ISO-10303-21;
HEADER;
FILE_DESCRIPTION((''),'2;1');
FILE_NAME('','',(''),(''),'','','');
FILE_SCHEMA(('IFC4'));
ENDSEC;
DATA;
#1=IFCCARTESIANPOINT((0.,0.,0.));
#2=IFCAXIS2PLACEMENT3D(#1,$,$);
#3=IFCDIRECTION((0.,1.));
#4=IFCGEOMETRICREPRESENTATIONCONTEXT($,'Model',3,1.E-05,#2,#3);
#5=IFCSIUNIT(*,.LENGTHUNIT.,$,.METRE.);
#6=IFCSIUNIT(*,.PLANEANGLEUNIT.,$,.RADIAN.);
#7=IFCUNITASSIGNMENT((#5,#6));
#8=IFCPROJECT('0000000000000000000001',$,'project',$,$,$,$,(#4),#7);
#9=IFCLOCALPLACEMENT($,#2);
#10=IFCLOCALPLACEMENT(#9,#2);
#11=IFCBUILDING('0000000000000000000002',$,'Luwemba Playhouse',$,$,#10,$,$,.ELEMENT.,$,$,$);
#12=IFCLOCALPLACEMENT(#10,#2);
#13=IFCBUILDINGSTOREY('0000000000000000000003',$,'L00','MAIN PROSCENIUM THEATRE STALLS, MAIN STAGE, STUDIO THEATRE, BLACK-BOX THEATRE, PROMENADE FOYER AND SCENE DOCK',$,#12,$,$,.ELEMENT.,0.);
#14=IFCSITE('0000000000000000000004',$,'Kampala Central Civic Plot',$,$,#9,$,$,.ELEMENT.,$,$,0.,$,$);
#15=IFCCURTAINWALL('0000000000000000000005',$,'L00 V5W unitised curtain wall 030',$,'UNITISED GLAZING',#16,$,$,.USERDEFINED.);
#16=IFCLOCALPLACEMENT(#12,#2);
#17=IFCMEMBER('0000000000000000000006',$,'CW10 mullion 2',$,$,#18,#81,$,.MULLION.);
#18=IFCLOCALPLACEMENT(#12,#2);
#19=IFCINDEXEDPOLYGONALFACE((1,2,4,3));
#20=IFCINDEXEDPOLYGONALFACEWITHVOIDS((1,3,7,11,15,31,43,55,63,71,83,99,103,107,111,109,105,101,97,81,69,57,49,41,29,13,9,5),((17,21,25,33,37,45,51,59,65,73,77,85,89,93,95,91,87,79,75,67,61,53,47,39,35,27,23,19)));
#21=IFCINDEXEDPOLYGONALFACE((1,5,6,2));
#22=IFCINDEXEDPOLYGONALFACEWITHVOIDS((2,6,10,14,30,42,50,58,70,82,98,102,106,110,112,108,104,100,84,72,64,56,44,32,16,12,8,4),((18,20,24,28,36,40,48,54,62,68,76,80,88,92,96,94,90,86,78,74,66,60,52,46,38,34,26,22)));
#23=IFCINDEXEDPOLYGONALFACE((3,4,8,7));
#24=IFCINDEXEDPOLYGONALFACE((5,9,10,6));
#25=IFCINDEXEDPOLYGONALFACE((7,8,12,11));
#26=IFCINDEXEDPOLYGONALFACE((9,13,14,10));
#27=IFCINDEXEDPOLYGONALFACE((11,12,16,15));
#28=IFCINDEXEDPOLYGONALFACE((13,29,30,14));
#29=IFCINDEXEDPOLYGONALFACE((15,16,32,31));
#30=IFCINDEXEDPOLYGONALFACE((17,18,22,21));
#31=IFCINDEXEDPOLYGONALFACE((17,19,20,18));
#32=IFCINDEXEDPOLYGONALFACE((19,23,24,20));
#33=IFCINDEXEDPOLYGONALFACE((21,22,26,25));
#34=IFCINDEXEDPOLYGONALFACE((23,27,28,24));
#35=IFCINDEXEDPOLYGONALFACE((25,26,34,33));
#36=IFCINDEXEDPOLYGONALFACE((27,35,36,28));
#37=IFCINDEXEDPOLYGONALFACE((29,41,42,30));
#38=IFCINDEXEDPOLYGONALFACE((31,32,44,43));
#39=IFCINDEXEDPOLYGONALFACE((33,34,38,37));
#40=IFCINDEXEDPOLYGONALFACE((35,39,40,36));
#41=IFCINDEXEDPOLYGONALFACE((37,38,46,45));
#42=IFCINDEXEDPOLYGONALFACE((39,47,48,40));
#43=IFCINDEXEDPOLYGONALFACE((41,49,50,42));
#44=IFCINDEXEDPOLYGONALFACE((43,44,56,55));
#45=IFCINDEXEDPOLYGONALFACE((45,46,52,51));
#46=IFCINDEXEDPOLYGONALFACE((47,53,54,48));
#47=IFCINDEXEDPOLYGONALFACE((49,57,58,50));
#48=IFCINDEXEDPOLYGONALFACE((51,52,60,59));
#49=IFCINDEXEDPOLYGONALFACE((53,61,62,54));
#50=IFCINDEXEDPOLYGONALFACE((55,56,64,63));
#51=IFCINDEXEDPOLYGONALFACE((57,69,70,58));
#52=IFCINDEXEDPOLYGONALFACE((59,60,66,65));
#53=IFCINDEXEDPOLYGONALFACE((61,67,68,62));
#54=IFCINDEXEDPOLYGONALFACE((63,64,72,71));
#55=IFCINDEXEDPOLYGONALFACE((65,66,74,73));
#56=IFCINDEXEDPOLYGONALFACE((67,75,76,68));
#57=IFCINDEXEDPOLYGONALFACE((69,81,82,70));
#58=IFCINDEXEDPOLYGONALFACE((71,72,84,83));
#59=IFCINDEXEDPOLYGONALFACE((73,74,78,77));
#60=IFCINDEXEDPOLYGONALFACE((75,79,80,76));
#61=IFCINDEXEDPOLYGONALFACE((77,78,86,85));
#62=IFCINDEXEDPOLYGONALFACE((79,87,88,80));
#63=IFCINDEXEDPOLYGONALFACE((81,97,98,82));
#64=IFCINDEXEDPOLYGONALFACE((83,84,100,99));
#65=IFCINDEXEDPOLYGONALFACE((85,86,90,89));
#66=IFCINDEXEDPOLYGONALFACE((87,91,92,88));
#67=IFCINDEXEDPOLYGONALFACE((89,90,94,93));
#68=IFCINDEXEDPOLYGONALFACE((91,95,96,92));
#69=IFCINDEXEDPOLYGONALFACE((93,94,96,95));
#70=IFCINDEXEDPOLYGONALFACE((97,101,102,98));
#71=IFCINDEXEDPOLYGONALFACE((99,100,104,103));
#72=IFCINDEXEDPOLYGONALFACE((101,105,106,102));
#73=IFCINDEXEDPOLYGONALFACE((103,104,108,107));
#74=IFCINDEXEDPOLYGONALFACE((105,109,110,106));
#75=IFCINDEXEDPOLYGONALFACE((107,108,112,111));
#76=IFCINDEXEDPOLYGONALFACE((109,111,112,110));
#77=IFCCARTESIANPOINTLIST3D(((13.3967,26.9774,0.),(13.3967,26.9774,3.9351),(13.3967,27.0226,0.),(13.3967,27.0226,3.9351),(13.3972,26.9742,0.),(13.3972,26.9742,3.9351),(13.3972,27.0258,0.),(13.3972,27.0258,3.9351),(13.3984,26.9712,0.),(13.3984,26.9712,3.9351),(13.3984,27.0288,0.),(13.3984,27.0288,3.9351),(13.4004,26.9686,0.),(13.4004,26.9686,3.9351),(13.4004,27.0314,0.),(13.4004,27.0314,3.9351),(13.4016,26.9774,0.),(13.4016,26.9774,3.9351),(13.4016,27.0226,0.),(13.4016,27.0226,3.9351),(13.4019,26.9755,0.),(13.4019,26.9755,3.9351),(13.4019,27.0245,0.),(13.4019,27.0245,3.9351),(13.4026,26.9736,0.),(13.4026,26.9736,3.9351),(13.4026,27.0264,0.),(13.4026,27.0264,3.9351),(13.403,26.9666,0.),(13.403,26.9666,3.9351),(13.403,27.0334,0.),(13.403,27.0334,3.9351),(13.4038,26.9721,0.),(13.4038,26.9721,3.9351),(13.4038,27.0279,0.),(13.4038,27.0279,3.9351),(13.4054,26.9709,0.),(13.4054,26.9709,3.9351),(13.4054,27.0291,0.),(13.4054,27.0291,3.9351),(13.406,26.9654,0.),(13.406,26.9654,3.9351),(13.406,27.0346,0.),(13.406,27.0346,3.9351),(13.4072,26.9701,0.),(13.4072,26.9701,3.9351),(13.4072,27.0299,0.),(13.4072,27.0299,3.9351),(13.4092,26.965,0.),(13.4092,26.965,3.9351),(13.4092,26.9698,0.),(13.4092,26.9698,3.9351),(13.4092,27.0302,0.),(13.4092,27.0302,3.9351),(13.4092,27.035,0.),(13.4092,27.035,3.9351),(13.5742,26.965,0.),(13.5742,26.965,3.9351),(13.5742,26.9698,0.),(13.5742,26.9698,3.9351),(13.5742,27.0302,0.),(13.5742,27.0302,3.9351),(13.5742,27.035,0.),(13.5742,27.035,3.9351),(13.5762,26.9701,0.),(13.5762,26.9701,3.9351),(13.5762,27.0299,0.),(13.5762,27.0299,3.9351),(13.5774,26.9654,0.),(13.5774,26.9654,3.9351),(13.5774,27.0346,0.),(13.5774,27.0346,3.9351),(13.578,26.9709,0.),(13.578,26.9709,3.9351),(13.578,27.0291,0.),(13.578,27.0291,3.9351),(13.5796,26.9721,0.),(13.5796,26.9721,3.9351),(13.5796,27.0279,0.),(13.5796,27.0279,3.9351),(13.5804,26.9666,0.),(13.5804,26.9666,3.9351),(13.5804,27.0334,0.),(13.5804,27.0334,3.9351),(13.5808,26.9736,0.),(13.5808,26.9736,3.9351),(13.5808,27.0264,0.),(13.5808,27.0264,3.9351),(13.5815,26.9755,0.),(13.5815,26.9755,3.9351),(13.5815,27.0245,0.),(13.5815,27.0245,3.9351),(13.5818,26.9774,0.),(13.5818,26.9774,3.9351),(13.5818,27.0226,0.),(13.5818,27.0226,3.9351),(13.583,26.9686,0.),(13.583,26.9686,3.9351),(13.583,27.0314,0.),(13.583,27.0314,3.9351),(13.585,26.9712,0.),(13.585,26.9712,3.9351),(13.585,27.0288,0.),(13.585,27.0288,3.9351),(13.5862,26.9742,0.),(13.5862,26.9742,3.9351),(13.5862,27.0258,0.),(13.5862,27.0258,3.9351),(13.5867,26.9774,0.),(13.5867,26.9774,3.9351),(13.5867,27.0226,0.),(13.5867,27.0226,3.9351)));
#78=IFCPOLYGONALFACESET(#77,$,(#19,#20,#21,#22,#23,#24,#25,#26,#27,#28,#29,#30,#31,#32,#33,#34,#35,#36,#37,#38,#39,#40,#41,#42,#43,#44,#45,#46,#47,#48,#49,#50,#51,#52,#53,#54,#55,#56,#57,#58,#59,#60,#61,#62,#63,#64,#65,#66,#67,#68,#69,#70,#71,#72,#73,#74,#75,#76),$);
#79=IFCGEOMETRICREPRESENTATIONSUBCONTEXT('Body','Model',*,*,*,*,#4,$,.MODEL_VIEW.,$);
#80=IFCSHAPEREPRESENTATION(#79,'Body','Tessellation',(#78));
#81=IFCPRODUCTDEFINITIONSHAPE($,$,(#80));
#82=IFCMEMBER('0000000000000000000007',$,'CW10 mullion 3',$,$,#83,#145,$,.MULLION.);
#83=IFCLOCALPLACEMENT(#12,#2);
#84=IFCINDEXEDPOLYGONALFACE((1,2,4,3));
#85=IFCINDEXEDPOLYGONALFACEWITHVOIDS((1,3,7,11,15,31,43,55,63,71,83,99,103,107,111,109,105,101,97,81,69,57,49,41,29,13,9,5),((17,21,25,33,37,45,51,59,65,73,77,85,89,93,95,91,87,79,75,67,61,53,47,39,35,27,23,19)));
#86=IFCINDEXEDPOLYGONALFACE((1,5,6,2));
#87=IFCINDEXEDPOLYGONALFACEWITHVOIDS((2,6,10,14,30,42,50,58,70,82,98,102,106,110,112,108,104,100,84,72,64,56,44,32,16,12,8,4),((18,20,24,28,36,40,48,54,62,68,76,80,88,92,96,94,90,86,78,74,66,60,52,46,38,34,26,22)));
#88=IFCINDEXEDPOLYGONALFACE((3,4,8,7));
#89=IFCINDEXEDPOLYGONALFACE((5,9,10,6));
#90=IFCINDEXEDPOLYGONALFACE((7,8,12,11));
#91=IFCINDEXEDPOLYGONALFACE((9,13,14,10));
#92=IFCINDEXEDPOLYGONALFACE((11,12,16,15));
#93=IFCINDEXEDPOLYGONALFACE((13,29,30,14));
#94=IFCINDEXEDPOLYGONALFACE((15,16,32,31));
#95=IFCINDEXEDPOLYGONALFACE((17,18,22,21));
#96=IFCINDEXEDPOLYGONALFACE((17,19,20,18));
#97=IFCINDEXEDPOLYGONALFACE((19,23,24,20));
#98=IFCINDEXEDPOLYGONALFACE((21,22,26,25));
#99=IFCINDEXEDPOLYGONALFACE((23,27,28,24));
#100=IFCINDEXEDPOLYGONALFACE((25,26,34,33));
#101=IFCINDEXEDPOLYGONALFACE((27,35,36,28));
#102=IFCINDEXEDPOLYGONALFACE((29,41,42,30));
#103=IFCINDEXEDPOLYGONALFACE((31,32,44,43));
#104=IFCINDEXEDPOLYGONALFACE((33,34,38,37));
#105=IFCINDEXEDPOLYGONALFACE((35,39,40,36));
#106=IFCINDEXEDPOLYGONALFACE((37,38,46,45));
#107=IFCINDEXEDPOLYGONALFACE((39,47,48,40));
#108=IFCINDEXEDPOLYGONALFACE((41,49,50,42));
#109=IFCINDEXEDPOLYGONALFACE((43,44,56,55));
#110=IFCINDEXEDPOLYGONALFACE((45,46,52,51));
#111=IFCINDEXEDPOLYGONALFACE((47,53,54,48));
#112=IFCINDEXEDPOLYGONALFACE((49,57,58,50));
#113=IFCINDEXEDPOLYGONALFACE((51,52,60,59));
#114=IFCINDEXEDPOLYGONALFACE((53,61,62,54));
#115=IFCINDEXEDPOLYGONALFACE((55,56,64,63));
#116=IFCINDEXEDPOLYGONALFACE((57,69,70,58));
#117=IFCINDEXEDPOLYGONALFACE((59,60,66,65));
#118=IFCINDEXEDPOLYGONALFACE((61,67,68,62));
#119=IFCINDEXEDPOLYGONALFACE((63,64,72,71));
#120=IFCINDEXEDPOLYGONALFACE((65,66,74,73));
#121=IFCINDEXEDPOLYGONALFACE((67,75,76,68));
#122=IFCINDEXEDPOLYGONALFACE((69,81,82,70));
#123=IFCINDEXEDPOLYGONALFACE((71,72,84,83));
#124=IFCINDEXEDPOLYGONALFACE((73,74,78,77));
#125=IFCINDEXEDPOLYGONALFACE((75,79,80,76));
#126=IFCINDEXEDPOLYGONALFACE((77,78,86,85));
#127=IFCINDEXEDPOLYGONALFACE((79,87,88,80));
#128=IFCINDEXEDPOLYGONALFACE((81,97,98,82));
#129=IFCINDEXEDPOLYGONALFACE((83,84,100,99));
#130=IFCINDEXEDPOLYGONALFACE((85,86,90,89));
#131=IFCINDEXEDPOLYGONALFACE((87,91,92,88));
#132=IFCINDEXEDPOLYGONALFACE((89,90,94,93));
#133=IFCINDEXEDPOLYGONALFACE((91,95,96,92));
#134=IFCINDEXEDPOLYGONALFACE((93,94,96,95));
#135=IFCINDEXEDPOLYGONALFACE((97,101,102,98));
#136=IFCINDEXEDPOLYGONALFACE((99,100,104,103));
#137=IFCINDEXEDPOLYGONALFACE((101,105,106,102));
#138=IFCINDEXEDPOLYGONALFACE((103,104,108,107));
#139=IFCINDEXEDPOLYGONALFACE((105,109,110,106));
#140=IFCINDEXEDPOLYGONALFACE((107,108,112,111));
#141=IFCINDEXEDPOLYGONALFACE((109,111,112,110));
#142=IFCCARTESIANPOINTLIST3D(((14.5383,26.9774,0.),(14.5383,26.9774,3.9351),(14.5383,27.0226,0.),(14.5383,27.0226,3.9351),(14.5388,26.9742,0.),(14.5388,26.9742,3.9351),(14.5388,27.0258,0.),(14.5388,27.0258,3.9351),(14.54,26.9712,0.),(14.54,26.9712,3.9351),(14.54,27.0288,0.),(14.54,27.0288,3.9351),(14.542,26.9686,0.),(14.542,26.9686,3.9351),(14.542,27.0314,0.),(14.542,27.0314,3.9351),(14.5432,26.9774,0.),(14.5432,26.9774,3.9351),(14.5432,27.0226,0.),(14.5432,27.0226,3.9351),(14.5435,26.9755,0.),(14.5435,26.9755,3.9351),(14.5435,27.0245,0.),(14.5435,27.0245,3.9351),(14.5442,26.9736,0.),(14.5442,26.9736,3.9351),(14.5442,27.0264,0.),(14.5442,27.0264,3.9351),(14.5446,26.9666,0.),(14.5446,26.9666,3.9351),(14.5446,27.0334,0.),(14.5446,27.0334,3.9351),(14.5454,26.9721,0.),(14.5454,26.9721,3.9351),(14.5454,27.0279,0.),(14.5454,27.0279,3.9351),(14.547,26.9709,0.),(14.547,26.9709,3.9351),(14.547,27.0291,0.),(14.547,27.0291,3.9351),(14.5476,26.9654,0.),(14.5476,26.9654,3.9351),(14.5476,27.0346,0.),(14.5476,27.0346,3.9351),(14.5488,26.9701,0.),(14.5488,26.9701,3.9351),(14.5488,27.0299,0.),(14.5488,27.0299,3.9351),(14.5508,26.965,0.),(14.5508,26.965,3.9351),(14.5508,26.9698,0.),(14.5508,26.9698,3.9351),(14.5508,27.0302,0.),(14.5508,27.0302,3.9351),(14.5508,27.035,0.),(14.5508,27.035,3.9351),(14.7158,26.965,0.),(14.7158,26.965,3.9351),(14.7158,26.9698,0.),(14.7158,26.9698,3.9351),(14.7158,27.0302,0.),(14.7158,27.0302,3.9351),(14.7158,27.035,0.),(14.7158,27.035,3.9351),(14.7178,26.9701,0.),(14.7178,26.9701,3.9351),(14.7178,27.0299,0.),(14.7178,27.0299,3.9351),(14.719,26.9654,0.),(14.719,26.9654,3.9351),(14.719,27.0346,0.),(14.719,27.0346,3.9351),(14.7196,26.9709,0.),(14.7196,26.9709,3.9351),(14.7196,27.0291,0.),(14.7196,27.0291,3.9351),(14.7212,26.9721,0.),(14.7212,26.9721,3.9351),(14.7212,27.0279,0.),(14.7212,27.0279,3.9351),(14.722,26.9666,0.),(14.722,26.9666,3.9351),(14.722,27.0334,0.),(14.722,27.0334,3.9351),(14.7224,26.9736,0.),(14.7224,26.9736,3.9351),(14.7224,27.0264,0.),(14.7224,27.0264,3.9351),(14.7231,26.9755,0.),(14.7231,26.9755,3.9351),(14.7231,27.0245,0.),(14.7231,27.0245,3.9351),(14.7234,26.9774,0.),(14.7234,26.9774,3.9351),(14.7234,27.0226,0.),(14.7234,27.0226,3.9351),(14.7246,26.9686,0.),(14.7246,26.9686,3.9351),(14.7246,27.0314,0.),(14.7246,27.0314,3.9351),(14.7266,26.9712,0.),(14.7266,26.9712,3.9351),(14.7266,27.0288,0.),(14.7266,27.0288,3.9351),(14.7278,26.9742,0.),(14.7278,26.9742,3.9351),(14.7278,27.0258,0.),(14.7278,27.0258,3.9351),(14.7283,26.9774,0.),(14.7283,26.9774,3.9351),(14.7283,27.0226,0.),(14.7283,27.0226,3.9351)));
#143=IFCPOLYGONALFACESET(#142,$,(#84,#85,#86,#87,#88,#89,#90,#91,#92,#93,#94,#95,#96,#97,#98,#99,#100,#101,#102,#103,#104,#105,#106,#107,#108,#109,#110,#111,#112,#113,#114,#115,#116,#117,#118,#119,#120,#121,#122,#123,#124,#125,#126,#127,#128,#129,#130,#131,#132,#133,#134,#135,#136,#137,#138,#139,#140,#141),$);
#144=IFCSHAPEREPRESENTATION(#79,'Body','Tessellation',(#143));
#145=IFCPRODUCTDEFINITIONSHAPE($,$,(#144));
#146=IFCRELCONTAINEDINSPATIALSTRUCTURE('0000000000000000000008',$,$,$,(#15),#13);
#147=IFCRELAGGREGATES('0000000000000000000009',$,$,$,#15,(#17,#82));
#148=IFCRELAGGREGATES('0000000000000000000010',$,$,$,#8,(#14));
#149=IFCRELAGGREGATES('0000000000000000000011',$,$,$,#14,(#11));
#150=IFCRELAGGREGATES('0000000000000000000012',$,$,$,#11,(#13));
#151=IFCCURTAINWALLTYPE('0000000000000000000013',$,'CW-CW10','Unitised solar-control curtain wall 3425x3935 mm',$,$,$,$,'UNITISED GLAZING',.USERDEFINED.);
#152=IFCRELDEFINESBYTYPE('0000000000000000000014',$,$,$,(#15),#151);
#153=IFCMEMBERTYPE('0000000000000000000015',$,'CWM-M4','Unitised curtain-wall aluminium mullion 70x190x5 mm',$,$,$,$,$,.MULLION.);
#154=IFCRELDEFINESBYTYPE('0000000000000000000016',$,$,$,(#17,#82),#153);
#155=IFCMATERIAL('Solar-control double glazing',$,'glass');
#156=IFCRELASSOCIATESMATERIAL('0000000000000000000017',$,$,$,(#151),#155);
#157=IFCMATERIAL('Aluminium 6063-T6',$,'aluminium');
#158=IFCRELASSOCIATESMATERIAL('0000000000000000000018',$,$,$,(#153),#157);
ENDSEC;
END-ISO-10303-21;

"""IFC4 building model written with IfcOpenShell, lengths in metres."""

from ifc_helpers import new_model, si_unit, direction, frame, origin, origin_2d, place, context, subcontext, project, spatial, hollow_rectangle, extrude, material, material_profile, profile_set, type_object, element, aggregate, save


model = new_model("IFC4")

# Units and contexts
model_context = context("Model", 3, precision=1e-05, world=origin(), true_north=direction((0.0, 1.0)))
body_context = subcontext(model_context, "Body", "Model", "MODEL_VIEW")
ifc_project = project(units=[si_unit("LENGTHUNIT", "METRE"), si_unit("PLANEANGLEUNIT", "RADIAN")], contexts=[model_context])

# Site, building, storey
site_placement = place(None, origin())
site = spatial("IfcSite", under=ifc_project, at=site_placement, Name="Kampala Central Civic Plot", CompositionType="ELEMENT", RefElevation=0.0)
building_placement = place(site_placement, origin())
building = spatial("IfcBuilding", under=site, at=building_placement, Name="Luwemba Playhouse", CompositionType="ELEMENT")
storey_placement = place(building_placement, origin())
storey = spatial("IfcBuildingStorey", under=building, at=storey_placement, Name="L00", Description="MAIN PROSCENIUM THEATRE STALLS, MAIN STAGE, STUDIO THEATRE, BLACK-BOX THEATRE, PROMENADE FOYER AND SCENE DOCK", CompositionType="ELEMENT", Elevation=0.0)

# Shared definitions
ifc_material_1 = material(Name="Solar-control double glazing", Category="glass")
ifc_material_2 = material(Name="Aluminium 6063-T6", Category="aluminium")

# Curtain wall, members
curtain_wall_type_1 = type_object("IfcCurtainWallType", Name="CW-CW10", Description="Unitised solar-control curtain wall 3425x3935 mm", ElementType="UNITISED GLAZING", PredefinedType="USERDEFINED", material=ifc_material_1)
curtain_wall_1_placement = place(storey_placement, origin())
curtain_wall_1 = element("IfcCurtainWall", 1, at=curtain_wall_1_placement, inside=storey, type_object=curtain_wall_type_1, Name="L00 V5W unitised curtain wall 030", ObjectType="UNITISED GLAZING", PredefinedType="USERDEFINED")
ifc_material_profile_1 = material_profile(ifc_material_2, hollow_rectangle(XDim=0.0701, YDim=0.1899, WallThickness=0.0049, InnerFilletRadius=0.0076, OuterFilletRadius=0.0125, at=origin_2d()))
ifc_profile_set_1 = profile_set([ifc_material_profile_1], Name="Aluminium 6063-T6")
member_type_1 = type_object("IfcMemberType", Name="CWM-M4", Description="Unitised curtain-wall aluminium mullion 70x190x5 mm", PredefinedType="MULLION", material=ifc_profile_set_1)
member_1_placement = place(storey_placement, frame((13.4917, 27.0, 0.0), z_axis=(0.0, 0.0, 1.0), x_axis=(0.0, 1.0, 0.0)))
member_1 = element("IfcMember", 2, at=member_1_placement, type_object=member_type_1, Name="CW10 mullion 2", PredefinedType="MULLION", context=body_context, shape_type="SweptSolid", body=[
    extrude(hollow_rectangle(XDim=0.0701, YDim=0.1899, WallThickness=0.0049, InnerFilletRadius=0.0076, OuterFilletRadius=0.0125, at=origin_2d()), origin(), (0.0, 0.0, 1.0), 3.9351),
])
member_2_placement = place(storey_placement, frame((14.6333, 27.0, 0.0), z_axis=(0.0, 0.0, 1.0), x_axis=(0.0, 1.0, 0.0)))
member_2 = element("IfcMember", 3, at=member_2_placement, type_object=member_type_1, Name="CW10 mullion 3", PredefinedType="MULLION", context=body_context, shape_type="SweptSolid", body=[
    extrude(hollow_rectangle(XDim=0.0701, YDim=0.1899, WallThickness=0.0049, InnerFilletRadius=0.0076, OuterFilletRadius=0.0125, at=origin_2d()), origin(), (0.0, 0.0, 1.0), 3.9351),
])

aggregate(curtain_wall_1, [member_1, member_2])

save(model, "model.ifc")
